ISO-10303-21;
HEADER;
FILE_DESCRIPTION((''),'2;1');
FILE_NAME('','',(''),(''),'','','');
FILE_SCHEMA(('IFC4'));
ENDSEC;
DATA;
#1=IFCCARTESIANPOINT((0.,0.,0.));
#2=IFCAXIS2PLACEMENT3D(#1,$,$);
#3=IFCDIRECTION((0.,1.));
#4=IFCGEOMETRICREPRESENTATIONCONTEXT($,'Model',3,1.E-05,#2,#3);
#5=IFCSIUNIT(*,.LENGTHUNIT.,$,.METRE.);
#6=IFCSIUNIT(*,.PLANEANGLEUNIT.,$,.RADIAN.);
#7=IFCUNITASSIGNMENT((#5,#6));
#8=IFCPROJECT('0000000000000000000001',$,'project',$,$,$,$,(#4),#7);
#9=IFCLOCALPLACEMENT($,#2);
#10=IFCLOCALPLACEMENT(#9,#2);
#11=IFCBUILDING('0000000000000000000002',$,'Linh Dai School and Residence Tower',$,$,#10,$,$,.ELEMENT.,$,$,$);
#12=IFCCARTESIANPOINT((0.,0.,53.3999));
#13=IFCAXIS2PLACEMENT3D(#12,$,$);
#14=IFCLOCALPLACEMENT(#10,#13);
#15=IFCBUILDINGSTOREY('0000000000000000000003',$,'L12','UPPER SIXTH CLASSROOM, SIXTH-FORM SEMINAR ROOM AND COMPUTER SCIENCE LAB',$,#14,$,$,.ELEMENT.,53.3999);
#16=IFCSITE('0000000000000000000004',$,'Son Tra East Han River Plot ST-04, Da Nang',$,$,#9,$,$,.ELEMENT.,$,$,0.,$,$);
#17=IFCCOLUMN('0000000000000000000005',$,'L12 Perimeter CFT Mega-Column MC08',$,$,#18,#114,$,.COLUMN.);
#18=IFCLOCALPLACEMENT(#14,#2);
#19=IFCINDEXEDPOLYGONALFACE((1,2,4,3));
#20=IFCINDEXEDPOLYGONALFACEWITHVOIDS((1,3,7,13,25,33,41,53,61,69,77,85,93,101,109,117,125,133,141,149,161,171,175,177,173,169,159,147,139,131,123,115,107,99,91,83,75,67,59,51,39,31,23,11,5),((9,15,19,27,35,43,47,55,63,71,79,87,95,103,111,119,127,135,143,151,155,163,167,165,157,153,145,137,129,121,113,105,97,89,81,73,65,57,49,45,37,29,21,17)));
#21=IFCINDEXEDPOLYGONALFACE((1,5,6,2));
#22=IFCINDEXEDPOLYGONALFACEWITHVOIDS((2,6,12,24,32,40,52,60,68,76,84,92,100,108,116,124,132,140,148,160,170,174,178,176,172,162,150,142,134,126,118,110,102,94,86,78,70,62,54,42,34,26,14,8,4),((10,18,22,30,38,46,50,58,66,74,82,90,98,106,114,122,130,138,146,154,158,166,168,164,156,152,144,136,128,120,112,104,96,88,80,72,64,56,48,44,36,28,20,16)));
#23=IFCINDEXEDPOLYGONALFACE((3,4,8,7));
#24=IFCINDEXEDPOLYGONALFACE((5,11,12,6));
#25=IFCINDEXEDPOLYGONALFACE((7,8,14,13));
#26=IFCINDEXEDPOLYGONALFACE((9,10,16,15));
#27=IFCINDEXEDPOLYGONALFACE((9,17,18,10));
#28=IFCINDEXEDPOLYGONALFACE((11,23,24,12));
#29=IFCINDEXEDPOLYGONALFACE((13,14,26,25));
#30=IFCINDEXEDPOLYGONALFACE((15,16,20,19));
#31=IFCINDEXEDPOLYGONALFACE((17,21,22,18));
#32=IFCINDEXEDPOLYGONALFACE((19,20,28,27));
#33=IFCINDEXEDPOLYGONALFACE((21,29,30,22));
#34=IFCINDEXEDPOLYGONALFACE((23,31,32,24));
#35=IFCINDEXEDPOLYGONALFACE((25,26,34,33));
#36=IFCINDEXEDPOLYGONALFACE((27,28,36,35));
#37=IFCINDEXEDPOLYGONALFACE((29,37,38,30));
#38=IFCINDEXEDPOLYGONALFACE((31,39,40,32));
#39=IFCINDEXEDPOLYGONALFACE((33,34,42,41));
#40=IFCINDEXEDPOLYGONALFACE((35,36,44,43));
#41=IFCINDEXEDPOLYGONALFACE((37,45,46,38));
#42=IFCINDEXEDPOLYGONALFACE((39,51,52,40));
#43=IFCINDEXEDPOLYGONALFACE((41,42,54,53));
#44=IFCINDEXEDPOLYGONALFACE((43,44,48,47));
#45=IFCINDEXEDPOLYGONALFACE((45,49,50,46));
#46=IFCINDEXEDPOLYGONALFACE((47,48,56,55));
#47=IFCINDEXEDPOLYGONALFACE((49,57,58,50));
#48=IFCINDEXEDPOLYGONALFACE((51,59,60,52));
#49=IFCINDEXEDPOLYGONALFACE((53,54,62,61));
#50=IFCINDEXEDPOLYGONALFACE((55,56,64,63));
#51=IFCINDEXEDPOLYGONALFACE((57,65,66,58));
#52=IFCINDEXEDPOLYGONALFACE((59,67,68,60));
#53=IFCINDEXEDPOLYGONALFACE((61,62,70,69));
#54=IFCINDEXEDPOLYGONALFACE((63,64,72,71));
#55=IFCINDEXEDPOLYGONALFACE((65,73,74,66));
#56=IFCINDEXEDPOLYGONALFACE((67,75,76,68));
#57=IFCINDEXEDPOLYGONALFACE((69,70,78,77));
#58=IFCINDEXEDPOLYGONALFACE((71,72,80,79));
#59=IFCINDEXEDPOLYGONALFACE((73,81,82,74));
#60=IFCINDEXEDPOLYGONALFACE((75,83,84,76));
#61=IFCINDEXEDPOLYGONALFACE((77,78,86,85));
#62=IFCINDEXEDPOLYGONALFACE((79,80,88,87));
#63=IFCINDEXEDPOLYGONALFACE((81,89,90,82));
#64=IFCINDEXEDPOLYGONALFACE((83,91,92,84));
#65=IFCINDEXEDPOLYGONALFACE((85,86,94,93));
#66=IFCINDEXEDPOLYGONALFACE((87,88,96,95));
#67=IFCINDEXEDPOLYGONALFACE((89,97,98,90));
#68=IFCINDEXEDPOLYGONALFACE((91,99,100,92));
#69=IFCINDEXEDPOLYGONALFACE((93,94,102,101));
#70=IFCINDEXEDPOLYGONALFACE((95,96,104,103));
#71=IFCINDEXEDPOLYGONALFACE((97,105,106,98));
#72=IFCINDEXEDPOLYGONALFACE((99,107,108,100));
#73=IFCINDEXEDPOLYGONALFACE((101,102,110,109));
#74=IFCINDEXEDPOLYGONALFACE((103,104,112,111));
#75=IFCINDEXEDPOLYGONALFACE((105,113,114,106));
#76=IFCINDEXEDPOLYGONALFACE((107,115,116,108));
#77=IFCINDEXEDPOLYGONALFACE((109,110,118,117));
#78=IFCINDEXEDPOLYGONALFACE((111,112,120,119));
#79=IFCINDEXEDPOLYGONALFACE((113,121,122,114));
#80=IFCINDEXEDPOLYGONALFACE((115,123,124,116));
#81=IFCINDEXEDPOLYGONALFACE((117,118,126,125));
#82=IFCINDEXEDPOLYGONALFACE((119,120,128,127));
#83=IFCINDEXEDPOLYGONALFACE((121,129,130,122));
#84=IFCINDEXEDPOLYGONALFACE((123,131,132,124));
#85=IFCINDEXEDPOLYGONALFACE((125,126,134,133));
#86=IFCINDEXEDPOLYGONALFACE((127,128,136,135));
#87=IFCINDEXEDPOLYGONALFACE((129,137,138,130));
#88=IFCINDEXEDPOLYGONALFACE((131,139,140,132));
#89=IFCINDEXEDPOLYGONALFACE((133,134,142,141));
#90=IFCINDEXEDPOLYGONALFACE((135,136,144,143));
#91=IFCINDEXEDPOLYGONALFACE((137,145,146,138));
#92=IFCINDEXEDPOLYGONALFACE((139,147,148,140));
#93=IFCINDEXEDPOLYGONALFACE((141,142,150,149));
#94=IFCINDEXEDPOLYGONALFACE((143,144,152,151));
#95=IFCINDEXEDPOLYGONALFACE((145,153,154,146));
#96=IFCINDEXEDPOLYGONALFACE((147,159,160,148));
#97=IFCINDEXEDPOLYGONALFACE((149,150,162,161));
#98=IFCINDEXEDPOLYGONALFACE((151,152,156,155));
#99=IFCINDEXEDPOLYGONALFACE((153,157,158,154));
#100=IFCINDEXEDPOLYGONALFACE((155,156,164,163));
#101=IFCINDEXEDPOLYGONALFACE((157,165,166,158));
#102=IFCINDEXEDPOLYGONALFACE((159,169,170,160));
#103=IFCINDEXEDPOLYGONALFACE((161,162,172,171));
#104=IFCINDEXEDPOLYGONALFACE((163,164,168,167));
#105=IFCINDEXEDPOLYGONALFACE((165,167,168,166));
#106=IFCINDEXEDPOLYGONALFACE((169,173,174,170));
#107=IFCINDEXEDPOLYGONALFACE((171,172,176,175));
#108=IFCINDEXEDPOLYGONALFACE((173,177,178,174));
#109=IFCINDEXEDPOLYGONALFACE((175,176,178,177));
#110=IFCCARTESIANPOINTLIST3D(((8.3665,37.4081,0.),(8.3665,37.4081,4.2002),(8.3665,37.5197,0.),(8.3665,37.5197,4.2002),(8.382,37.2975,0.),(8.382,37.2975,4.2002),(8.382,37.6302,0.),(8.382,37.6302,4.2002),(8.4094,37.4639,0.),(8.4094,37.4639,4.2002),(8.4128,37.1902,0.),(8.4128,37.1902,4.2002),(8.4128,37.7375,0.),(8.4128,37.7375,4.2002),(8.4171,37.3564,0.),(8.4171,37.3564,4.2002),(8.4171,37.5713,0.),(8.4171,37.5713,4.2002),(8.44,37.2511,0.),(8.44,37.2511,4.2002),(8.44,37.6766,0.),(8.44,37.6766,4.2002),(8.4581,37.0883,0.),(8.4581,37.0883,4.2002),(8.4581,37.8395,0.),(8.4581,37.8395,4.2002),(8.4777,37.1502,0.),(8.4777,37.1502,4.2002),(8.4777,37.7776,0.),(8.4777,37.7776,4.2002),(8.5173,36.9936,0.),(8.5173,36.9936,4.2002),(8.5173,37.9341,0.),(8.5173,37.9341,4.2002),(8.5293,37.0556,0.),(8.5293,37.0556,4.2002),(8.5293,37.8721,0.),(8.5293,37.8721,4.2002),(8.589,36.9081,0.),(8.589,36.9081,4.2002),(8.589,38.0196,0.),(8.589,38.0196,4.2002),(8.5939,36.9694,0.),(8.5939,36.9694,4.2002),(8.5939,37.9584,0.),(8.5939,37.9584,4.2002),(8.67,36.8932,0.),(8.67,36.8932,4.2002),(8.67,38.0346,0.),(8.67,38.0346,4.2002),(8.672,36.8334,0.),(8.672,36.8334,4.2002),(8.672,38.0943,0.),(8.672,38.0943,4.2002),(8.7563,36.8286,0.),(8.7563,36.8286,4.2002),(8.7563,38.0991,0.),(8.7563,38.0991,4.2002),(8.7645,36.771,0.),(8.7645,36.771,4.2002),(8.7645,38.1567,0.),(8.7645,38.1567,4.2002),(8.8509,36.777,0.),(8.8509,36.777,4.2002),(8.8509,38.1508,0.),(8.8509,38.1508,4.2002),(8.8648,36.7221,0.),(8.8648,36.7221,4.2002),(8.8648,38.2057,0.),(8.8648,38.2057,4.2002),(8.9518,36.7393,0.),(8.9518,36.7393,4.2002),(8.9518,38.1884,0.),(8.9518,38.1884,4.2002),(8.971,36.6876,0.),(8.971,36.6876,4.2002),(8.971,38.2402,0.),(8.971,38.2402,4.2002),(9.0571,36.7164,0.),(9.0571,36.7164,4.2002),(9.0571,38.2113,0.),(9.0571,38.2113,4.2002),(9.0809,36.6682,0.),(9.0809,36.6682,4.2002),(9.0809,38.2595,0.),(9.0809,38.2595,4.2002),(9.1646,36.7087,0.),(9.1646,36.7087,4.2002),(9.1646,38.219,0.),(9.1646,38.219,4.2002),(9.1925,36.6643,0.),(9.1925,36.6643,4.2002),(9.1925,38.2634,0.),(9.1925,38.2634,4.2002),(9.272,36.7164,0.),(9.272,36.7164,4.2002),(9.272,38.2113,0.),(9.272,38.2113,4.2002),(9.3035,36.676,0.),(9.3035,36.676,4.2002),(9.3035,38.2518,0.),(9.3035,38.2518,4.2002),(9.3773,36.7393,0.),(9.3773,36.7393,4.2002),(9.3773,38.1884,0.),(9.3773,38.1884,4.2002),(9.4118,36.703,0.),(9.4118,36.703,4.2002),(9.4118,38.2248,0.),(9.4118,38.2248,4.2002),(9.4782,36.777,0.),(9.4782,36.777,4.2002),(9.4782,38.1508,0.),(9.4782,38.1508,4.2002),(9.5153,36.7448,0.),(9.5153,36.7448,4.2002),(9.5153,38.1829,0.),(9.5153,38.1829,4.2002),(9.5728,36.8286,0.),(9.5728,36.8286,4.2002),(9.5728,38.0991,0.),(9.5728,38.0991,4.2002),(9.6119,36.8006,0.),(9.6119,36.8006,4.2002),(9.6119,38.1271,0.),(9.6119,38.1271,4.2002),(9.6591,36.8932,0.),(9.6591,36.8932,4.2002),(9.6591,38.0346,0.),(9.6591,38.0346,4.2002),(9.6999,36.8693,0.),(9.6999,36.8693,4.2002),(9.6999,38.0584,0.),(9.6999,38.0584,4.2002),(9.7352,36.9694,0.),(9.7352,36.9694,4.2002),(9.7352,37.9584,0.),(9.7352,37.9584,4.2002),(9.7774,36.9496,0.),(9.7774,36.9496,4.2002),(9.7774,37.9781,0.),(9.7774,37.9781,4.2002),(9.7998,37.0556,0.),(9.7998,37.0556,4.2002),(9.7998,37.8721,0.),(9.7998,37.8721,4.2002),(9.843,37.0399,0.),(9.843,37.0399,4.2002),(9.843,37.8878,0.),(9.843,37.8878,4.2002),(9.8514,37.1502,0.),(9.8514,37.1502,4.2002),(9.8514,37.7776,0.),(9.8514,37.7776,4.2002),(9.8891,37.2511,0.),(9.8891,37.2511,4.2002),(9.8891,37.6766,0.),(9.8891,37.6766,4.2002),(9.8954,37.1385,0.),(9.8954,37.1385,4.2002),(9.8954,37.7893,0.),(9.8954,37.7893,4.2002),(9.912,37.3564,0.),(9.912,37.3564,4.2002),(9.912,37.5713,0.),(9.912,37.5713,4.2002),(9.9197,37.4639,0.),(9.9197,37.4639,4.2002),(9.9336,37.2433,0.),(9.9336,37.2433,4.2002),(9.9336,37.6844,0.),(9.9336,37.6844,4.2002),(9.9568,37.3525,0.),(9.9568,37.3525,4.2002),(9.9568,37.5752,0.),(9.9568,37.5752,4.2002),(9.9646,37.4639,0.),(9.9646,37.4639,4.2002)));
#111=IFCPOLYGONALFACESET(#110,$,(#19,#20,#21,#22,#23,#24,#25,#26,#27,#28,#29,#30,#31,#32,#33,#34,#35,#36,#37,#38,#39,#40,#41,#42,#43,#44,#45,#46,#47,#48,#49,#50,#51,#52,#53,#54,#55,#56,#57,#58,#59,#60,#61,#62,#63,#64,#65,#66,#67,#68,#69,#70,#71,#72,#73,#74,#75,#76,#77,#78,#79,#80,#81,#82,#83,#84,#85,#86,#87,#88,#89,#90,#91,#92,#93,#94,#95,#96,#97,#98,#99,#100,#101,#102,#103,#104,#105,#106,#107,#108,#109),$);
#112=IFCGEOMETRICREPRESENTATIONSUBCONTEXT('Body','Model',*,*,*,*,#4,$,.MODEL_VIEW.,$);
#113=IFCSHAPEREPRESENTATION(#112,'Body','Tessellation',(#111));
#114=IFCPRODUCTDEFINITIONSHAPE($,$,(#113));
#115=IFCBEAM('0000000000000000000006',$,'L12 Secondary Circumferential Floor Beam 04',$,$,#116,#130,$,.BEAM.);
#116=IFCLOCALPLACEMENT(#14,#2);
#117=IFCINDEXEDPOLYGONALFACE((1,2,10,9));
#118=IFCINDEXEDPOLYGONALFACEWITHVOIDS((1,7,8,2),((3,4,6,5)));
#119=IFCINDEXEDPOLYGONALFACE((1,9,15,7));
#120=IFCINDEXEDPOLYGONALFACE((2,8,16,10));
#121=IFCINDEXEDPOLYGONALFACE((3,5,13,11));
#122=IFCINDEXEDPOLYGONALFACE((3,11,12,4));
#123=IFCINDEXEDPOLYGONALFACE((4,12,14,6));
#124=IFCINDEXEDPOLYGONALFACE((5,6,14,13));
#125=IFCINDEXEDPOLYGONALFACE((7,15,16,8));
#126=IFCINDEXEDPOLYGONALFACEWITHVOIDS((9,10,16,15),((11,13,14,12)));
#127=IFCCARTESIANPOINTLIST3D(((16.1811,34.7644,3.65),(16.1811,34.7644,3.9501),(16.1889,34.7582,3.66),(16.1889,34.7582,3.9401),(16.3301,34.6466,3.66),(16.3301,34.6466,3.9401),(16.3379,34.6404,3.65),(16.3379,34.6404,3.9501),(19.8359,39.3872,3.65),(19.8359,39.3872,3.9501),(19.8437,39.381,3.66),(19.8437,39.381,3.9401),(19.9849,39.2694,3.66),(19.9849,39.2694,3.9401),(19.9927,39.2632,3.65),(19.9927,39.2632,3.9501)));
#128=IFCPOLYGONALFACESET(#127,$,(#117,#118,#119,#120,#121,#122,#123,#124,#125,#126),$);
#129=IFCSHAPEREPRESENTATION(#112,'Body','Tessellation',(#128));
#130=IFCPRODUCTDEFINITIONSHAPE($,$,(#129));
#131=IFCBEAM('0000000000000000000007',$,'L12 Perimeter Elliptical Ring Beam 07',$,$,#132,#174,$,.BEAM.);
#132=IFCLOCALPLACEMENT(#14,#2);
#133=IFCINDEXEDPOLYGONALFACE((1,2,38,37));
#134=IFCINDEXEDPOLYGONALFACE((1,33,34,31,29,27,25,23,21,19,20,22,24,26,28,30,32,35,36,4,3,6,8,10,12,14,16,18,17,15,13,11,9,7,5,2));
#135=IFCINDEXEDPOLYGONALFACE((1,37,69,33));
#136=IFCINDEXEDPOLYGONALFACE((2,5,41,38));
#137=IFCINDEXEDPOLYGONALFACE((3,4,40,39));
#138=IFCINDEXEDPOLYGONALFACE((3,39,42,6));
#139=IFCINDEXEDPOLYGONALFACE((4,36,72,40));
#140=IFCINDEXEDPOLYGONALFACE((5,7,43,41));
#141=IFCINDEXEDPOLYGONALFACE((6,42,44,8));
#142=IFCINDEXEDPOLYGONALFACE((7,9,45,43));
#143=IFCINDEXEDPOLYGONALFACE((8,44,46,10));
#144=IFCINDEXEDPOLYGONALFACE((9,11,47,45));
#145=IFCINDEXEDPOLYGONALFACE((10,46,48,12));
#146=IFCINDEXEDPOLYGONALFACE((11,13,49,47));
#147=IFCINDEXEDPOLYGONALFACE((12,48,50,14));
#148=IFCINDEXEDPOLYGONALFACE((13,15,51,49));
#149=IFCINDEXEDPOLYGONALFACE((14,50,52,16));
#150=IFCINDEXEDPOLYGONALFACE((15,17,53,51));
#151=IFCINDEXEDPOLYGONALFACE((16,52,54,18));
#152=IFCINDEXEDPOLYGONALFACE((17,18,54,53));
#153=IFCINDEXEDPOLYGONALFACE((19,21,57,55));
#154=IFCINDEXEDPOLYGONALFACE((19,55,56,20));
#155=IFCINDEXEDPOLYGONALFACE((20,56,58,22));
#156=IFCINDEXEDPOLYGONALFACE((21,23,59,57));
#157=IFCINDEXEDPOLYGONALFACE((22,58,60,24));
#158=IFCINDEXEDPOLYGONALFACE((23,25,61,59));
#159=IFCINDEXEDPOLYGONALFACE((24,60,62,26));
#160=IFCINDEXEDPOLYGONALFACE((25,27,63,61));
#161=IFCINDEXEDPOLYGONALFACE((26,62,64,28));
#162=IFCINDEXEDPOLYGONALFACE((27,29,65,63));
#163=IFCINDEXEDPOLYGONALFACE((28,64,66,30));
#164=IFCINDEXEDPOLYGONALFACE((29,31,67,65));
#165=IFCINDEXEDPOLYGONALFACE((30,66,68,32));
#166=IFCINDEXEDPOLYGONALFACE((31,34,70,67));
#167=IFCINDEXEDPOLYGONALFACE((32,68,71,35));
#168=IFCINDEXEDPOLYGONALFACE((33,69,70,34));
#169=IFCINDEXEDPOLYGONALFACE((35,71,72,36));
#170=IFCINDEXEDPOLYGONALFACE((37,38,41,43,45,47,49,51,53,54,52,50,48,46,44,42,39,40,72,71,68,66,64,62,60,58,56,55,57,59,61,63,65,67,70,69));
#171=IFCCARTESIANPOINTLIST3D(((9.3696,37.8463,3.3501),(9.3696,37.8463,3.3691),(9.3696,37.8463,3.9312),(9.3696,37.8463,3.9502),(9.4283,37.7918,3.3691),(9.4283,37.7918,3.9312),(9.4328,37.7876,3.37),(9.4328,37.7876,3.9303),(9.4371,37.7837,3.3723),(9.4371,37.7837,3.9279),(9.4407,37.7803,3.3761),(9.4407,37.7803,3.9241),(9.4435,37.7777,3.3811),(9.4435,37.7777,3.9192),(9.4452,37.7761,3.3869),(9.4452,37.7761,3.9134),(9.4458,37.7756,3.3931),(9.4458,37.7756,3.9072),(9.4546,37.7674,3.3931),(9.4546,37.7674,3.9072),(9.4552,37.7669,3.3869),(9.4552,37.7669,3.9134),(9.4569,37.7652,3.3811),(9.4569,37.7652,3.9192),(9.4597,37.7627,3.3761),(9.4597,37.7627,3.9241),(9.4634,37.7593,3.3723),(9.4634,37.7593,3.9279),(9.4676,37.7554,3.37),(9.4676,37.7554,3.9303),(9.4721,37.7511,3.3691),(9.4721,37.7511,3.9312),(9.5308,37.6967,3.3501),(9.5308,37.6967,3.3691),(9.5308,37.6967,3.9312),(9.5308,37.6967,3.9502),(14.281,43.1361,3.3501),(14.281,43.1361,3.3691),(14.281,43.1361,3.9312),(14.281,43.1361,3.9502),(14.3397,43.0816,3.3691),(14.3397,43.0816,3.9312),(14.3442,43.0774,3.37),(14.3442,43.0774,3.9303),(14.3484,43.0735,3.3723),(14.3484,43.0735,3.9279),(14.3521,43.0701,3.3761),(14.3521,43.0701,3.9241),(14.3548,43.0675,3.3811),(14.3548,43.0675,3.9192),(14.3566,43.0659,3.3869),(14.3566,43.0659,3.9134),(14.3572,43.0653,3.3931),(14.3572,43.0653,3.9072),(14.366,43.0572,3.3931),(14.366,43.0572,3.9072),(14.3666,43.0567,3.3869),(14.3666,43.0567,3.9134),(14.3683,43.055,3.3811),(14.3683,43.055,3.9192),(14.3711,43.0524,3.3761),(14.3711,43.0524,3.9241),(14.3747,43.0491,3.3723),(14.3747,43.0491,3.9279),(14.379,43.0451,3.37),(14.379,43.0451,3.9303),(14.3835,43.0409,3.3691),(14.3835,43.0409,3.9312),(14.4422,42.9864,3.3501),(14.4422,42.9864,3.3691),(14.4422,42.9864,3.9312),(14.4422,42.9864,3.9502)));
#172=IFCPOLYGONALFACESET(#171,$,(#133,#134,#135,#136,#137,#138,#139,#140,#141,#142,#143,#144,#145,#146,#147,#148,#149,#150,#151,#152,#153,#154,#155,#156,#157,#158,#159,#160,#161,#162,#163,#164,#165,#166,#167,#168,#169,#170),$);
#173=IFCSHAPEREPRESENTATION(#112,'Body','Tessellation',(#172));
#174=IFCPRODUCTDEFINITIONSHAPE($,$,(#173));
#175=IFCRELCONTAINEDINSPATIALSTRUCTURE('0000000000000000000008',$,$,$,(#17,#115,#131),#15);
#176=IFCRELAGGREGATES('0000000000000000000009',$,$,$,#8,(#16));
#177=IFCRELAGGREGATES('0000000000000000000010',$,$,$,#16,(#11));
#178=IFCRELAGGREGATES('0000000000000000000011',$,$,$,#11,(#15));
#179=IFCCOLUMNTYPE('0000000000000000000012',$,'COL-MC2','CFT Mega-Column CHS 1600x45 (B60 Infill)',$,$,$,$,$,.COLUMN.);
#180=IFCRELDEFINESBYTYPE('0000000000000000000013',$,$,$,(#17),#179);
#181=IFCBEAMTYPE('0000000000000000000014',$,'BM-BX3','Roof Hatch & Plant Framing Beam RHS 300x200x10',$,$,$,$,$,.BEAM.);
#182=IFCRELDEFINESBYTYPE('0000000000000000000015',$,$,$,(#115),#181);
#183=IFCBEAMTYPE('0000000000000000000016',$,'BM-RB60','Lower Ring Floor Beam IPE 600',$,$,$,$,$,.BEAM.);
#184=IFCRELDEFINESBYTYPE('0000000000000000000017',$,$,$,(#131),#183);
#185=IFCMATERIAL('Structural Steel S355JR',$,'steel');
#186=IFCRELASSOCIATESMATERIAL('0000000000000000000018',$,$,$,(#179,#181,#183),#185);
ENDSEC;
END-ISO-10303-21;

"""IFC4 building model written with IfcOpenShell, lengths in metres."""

from ifc_helpers import new_model, si_unit, direction, frame, origin, origin_2d, place, context, subcontext, project, spatial, hollow_rectangle, hollow_circle, i_section, extrude, material, material_profile, profile_set, type_object, element, save


model = new_model("IFC4")

# Units and contexts
model_context = context("Model", 3, precision=1e-05, world=origin(), true_north=direction((0.0, 1.0)))
body_context = subcontext(model_context, "Body", "Model", "MODEL_VIEW")
ifc_project = project(units=[si_unit("LENGTHUNIT", "METRE"), si_unit("PLANEANGLEUNIT", "RADIAN")], contexts=[model_context])

# Site, building, storey
site_placement = place(None, origin())
site = spatial("IfcSite", under=ifc_project, at=site_placement, Name="Son Tra East Han River Plot ST-04, Da Nang", CompositionType="ELEMENT", RefElevation=0.0)
building_placement = place(site_placement, origin())
building = spatial("IfcBuilding", under=site, at=building_placement, Name="Linh Dai School and Residence Tower", CompositionType="ELEMENT")
storey_placement = place(building_placement, frame((0.0, 0.0, 53.3999)))
storey = spatial("IfcBuildingStorey", under=building, at=storey_placement, Name="L12", Description="UPPER SIXTH CLASSROOM, SIXTH-FORM SEMINAR ROOM AND COMPUTER SCIENCE LAB", CompositionType="ELEMENT", Elevation=53.3999)

# Column
ifc_material_1 = material(Name="Structural Steel S355JR", Category="steel")
ifc_material_profile_1 = material_profile(ifc_material_1, hollow_circle(Radius=0.8, WallThickness=0.0449, at=origin_2d()), Name="CHS 1600x45")
ifc_profile_set_1 = profile_set([ifc_material_profile_1], Name="Structural Steel S355JR")
column_type = type_object("IfcColumnType", Name="COL-MC2", Description="CFT Mega-Column CHS 1600x45 (B60 Infill)", PredefinedType="COLUMN", material=ifc_profile_set_1)
for number, where, z_axis, x_axis, name in (
    (1, (9.1646, 37.4639, 0.0), (0.0, 0.0, 1.0), (1.0, 0.0, 0.0), "L12 Perimeter CFT Mega-Column MC08"),
):
    element("IfcColumn", number, at=place(storey_placement, frame(where, z_axis=z_axis, x_axis=x_axis)), inside=storey, type_object=column_type, Name=name, PredefinedType="COLUMN", context=body_context, shape_type="SweptSolid", body=[
        extrude(hollow_circle(Radius=0.8, WallThickness=0.0449, at=origin_2d()), origin(), (0.0, 0.0, 1.0), 4.2002),
    ])

# Beams
ifc_material_profile_2 = material_profile(ifc_material_1, hollow_rectangle(XDim=0.2, YDim=0.3, WallThickness=0.01, at=origin_2d()), Name="RHS 300x200x10")
ifc_profile_set_2 = profile_set([ifc_material_profile_2], Name="Structural Steel S355JR")
beam_type_1 = type_object("IfcBeamType", Name="BM-BX3", Description="Roof Hatch & Plant Framing Beam RHS 300x200x10", PredefinedType="BEAM", material=ifc_profile_set_2)
beam_1_placement = place(storey_placement, frame((19.9143, 39.3252, 3.8), z_axis=(-0.620188, -0.784453, 0.0), x_axis=(0.784453, -0.620188, 0.0)))
element("IfcBeam", 2, at=beam_1_placement, inside=storey, type_object=beam_type_1, Name="L12 Secondary Circumferential Floor Beam 04", PredefinedType="BEAM", context=body_context, shape_type="SweptSolid", body=[
    extrude(hollow_rectangle(XDim=0.2, YDim=0.3, WallThickness=0.01, at=origin_2d()), origin(), (0.0, 0.0, 1.0), 5.8931),
])
ifc_material_profile_3 = material_profile(ifc_material_1, i_section(OverallWidth=0.22, OverallDepth=0.6001, WebThickness=0.012, FlangeThickness=0.019, FilletRadius=0.0239, at=origin_2d()), Name="IPE 600")
ifc_profile_set_3 = profile_set([ifc_material_profile_3], Name="Structural Steel S355JR")
beam_type_2 = type_object("IfcBeamType", Name="BM-RB60", Description="Lower Ring Floor Beam IPE 600", PredefinedType="BEAM", material=ifc_profile_set_3)
beam_2_placement = place(storey_placement, frame((14.3616, 43.0613, 3.6501), z_axis=(-0.680408, -0.732833, 0.0), x_axis=(0.732833, -0.680408, 0.0)))
element("IfcBeam", 3, at=beam_2_placement, inside=storey, type_object=beam_type_2, Name="L12 Perimeter Elliptical Ring Beam 07", PredefinedType="BEAM", context=body_context, shape_type="SweptSolid", body=[
    extrude(i_section(OverallWidth=0.22, OverallDepth=0.6001, WebThickness=0.012, FlangeThickness=0.019, FilletRadius=0.0239, at=origin_2d()), origin(), (0.0, 0.0, 1.0), 7.2183),
])

save(model, "model.ifc")
